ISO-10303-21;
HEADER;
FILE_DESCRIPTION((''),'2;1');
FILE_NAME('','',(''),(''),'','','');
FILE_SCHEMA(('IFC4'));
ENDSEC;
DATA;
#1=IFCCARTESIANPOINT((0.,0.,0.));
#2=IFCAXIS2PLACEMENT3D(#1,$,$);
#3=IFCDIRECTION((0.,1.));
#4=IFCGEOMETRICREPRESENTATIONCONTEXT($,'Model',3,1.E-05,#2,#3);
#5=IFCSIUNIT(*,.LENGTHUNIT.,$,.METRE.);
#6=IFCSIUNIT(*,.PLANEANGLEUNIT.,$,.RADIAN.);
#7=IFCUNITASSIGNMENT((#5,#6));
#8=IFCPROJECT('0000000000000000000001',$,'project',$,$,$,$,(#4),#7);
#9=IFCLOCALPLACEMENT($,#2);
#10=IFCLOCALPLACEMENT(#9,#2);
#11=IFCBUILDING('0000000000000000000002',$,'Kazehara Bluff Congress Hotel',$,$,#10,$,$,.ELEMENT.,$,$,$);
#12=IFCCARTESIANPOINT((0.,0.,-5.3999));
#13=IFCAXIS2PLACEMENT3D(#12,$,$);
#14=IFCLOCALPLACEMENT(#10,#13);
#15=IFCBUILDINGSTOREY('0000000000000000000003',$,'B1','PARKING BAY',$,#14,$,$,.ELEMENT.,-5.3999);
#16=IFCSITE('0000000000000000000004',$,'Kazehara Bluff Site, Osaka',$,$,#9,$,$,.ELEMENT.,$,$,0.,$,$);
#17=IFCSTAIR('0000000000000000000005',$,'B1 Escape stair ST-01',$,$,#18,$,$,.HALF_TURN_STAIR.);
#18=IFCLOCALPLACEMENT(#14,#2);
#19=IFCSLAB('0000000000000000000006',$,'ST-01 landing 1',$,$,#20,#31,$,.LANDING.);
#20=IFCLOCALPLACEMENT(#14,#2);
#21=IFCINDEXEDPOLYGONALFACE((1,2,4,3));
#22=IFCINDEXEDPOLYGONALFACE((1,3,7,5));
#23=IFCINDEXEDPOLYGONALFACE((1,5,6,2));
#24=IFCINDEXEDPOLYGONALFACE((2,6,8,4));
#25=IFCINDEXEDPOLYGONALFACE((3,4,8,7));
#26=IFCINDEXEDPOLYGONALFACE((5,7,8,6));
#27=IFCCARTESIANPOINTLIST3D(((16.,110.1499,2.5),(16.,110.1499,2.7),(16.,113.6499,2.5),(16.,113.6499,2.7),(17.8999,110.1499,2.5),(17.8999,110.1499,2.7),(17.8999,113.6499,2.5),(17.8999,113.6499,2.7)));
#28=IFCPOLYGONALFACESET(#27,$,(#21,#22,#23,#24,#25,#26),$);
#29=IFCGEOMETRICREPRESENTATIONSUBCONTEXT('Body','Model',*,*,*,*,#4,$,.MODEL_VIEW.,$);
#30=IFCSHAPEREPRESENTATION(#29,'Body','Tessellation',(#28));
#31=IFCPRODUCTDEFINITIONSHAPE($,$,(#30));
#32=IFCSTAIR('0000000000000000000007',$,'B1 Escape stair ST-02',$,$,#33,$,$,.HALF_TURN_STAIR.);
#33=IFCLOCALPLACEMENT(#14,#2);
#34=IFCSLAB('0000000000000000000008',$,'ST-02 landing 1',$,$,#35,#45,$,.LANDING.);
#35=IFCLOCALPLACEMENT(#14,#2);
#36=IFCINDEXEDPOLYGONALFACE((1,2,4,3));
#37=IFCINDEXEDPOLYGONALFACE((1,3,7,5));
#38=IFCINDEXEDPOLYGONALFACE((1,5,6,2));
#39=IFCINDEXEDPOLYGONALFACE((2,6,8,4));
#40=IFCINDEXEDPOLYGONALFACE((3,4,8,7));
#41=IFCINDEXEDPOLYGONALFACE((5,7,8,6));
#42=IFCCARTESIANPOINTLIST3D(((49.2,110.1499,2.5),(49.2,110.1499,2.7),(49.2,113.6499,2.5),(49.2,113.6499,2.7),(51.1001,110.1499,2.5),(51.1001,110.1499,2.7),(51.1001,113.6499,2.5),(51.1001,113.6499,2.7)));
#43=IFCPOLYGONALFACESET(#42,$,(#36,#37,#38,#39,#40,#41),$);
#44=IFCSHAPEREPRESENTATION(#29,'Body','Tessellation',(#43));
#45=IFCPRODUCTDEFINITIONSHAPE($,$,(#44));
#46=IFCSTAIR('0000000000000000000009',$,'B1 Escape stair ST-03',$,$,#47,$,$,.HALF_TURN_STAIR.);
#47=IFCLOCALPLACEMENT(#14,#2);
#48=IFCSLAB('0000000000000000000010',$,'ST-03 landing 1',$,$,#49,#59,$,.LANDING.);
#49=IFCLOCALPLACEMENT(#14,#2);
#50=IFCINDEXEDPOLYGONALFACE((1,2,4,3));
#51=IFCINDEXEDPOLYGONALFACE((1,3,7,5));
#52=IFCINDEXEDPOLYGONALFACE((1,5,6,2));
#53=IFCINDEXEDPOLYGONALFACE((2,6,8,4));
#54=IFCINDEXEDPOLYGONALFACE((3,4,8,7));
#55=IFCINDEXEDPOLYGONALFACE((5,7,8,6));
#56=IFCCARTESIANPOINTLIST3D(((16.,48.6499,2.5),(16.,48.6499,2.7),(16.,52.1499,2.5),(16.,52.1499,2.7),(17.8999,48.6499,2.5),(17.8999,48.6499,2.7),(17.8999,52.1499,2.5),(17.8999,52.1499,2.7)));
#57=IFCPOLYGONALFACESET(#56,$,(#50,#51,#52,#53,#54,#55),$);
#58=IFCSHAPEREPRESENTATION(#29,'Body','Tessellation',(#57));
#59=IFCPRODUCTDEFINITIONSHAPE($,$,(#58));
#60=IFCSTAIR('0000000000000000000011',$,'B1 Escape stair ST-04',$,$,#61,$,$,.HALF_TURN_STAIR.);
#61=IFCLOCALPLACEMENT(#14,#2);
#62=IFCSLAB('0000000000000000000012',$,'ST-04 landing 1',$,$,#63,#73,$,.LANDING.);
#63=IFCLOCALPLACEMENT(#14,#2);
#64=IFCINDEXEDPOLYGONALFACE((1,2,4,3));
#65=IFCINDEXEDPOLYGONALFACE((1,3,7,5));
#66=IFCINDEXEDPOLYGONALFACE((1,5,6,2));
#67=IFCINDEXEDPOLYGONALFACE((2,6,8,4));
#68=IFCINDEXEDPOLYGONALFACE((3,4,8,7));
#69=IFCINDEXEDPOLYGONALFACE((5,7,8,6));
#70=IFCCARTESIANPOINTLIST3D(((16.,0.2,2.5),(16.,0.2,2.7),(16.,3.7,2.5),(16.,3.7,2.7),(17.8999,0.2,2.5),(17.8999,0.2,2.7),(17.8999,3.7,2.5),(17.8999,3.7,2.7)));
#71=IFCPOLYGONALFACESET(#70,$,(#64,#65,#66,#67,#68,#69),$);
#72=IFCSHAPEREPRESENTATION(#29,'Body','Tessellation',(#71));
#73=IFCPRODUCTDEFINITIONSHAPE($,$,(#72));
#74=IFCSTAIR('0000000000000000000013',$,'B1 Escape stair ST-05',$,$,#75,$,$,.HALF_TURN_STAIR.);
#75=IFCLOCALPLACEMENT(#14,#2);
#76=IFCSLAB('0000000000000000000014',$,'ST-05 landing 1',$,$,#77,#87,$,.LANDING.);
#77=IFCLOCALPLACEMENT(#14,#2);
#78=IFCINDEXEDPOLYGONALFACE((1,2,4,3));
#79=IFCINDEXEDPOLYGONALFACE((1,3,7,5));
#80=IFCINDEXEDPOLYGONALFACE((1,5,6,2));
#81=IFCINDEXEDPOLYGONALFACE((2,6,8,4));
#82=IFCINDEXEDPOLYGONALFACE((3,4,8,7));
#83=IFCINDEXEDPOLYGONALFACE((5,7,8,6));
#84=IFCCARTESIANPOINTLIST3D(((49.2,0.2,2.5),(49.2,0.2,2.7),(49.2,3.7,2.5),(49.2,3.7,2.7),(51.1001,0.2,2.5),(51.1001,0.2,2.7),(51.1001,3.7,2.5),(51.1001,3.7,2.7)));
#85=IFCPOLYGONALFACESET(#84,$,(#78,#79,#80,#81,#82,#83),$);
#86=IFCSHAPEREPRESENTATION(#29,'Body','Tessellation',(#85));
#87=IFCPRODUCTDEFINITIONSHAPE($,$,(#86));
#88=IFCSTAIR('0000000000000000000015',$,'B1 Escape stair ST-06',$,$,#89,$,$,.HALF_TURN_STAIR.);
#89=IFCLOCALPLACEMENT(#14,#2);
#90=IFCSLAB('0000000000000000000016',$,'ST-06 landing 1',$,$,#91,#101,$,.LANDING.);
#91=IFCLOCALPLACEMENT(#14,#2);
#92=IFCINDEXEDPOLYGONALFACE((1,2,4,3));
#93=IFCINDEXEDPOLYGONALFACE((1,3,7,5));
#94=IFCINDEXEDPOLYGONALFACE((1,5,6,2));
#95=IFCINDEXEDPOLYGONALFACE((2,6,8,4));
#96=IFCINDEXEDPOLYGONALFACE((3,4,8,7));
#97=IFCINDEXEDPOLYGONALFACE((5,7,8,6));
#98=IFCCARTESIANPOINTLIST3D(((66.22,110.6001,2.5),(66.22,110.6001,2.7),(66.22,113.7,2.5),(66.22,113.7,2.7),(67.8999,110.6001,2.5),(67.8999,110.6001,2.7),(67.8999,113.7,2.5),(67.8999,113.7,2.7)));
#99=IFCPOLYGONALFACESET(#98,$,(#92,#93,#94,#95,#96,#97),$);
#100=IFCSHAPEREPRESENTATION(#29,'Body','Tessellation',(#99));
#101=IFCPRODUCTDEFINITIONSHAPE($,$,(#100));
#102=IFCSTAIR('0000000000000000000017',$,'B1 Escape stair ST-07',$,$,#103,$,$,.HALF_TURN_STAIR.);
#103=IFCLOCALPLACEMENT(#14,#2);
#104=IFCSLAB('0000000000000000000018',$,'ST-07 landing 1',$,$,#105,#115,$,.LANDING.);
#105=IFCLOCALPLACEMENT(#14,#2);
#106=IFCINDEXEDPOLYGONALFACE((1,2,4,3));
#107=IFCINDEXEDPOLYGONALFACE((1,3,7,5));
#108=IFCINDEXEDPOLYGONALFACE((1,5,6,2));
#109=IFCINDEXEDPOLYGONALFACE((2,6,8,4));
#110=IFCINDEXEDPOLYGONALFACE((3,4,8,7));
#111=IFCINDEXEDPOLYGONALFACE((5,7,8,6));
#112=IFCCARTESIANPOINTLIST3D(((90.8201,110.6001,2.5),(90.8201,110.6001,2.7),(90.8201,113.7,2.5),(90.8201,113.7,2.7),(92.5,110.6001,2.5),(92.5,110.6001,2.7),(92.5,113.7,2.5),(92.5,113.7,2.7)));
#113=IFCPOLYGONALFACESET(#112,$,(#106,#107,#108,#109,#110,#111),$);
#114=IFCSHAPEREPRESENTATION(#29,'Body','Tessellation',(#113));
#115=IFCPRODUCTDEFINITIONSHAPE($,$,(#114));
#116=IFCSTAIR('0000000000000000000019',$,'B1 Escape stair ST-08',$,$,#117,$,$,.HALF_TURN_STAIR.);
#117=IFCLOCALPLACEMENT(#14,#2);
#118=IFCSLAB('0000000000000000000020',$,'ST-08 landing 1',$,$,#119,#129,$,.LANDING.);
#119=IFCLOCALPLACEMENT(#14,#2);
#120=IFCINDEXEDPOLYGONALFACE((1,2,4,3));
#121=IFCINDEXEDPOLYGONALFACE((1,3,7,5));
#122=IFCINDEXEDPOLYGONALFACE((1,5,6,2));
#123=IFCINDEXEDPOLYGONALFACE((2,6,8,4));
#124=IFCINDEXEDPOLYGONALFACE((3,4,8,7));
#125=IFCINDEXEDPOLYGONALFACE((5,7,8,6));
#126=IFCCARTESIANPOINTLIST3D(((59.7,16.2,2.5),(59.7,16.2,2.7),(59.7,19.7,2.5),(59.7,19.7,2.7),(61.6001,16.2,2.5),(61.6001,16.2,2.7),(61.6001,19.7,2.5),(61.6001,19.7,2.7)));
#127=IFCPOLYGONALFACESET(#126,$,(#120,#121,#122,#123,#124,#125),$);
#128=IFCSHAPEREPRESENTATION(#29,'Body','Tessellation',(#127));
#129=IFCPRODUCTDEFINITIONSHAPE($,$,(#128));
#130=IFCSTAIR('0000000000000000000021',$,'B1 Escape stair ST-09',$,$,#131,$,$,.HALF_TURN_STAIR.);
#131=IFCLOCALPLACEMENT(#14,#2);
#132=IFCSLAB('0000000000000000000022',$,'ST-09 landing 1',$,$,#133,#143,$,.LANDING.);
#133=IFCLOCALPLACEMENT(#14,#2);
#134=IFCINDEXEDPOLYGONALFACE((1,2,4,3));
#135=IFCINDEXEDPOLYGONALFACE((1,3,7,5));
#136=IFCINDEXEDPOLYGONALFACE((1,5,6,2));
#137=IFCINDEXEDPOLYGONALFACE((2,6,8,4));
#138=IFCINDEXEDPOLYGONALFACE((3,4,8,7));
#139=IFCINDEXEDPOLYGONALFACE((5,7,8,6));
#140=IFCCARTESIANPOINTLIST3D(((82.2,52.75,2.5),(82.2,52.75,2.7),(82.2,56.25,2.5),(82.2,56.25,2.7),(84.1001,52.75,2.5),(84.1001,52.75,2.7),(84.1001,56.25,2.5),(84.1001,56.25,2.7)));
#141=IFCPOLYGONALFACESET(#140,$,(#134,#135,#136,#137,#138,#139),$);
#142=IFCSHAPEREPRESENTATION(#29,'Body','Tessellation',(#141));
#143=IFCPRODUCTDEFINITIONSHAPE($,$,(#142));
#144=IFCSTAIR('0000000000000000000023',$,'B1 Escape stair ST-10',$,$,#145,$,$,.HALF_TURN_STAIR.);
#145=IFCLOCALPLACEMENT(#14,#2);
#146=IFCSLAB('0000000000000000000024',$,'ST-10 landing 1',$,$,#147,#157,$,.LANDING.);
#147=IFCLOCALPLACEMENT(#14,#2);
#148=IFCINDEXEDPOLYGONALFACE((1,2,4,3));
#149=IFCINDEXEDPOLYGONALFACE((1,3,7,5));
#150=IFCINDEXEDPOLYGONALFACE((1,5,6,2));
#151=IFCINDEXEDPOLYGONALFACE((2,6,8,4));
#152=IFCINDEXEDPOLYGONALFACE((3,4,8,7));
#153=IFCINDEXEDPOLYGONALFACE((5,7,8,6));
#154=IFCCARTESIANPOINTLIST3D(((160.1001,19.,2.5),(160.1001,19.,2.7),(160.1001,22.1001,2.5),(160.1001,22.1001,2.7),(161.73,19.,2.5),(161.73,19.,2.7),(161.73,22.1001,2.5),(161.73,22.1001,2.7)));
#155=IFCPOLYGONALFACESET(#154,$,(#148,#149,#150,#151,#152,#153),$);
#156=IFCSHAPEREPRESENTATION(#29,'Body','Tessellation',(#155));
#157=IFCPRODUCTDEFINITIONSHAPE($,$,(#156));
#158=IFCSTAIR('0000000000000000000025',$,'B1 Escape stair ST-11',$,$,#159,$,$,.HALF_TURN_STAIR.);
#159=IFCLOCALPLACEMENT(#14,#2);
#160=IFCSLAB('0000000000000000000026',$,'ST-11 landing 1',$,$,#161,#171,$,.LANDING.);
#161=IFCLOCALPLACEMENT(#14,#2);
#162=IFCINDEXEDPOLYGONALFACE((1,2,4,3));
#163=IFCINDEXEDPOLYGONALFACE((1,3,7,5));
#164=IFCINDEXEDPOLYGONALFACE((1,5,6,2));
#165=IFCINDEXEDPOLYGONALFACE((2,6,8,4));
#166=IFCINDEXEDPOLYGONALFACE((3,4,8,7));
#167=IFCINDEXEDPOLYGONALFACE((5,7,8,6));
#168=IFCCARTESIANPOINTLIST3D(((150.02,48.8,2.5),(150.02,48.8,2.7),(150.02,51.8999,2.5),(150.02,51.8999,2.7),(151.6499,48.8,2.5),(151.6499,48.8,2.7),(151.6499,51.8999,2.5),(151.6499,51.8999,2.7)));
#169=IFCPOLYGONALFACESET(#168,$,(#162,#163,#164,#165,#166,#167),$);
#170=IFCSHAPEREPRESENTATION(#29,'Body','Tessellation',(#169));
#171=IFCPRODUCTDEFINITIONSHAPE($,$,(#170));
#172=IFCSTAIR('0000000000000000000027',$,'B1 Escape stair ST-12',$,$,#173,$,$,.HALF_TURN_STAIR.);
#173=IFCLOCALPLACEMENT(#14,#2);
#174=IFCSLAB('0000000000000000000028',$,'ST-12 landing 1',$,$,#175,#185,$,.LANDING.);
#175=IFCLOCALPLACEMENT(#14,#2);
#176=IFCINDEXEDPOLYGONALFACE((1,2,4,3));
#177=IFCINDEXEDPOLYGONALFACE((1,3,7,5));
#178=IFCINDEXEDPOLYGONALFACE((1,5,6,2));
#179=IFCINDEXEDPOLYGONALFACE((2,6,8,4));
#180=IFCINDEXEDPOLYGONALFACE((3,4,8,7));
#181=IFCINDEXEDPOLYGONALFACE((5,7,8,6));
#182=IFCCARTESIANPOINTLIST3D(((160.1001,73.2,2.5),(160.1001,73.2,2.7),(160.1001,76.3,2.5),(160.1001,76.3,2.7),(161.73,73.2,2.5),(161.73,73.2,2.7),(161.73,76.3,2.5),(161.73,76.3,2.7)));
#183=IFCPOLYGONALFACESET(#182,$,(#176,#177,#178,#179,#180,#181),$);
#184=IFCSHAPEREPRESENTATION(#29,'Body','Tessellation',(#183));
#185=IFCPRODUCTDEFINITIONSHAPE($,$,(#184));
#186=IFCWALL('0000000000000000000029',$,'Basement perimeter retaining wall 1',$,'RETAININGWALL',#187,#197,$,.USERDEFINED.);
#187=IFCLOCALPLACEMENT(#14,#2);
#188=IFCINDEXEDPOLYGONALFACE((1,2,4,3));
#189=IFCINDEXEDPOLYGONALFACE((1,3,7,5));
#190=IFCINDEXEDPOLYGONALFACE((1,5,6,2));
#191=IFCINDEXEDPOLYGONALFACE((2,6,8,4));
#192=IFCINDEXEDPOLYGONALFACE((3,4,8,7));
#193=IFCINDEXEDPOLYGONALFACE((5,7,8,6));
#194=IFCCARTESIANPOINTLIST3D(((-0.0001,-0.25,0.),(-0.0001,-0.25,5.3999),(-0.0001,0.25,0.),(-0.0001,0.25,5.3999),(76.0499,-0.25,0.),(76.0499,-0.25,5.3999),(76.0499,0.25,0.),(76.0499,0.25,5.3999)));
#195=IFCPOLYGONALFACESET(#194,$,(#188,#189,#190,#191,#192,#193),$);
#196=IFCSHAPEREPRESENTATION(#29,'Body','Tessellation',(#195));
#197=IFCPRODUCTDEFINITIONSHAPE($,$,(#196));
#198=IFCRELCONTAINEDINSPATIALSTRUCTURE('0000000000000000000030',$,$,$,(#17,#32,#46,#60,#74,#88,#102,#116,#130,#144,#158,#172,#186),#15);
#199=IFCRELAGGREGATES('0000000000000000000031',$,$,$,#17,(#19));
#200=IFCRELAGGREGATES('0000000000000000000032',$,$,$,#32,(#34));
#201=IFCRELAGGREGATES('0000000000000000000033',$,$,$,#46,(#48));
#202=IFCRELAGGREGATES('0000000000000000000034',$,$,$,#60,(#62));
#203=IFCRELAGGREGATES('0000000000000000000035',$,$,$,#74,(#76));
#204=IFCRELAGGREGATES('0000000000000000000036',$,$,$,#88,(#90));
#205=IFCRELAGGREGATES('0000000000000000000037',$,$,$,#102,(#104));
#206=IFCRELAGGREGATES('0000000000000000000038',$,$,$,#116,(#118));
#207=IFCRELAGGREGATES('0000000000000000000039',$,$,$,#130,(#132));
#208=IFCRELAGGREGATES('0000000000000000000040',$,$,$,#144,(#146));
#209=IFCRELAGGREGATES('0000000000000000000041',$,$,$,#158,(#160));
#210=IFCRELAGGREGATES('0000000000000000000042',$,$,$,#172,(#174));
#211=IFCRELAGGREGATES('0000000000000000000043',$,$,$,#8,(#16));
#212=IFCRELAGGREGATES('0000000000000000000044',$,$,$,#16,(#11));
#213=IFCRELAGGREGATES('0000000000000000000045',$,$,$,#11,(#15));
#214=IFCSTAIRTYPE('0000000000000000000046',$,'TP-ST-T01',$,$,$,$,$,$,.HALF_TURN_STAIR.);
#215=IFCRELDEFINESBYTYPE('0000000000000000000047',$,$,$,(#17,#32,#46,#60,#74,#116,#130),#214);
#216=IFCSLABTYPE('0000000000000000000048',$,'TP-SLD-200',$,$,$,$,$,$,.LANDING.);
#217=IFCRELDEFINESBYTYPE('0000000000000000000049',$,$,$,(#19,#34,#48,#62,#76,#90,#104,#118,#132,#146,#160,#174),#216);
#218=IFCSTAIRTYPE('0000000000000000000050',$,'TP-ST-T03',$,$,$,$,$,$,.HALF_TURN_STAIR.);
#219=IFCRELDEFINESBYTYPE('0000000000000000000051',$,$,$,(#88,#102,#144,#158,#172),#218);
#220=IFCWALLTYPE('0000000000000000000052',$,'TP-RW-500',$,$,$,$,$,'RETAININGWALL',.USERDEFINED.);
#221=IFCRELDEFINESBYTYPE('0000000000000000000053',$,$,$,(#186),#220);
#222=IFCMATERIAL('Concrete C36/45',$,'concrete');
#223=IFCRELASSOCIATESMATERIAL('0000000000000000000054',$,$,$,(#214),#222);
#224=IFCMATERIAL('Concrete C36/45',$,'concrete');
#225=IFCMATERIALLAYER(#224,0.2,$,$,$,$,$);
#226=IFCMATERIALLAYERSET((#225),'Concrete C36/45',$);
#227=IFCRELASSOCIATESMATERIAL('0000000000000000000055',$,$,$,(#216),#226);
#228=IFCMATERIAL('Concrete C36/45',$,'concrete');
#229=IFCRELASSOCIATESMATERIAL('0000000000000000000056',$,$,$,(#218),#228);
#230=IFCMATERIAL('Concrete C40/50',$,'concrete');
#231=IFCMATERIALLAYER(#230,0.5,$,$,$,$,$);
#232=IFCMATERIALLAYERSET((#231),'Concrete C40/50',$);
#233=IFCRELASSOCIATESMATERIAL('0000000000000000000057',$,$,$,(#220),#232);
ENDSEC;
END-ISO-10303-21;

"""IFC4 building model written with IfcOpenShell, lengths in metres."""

from ifc_helpers import new_model, si_unit, direction, frame, frame_2d, origin, origin_with_axes, place, context, subcontext, project, spatial, polyline, rectangle, outline, extrude, material, layer, layer_set, type_object, element, aggregate, save


model = new_model("IFC4")

# Units and contexts
model_context = context("Model", 3, precision=1e-05, world=origin(), true_north=direction((0.0, 1.0)))
body_context = subcontext(model_context, "Body", "Model", "MODEL_VIEW")
ifc_project = project(units=[si_unit("LENGTHUNIT", "METRE"), si_unit("PLANEANGLEUNIT", "RADIAN")], contexts=[model_context])

# Site, building, storey
site_placement = place(None, origin())
site = spatial("IfcSite", under=ifc_project, at=site_placement, Name="Kazehara Bluff Site, Osaka", CompositionType="ELEMENT", RefElevation=0.0)
building_placement = place(site_placement, origin())
building = spatial("IfcBuilding", under=site, at=building_placement, Name="Kazehara Bluff Congress Hotel", CompositionType="ELEMENT")
storey_placement = place(building_placement, frame((0.0, 0.0, -5.3999)))
storey = spatial("IfcBuildingStorey", under=building, at=storey_placement, Name="B1", Description="PARKING BAY", CompositionType="ELEMENT", Elevation=-5.3999)

# Stairs, slabs
ifc_material_1 = material(Name="Concrete C36/45", Category="concrete")
stair_type_1 = type_object("IfcStairType", Name="TP-ST-T01", PredefinedType="HALF_TURN_STAIR", material=ifc_material_1)
stair_1_placement = place(storey_placement, origin())
stair_1 = element("IfcStair", 1, at=stair_1_placement, inside=storey, type_object=stair_type_1, Name="B1 Escape stair ST-01", PredefinedType="HALF_TURN_STAIR")
ifc_material_2 = material(Name="Concrete C36/45", Category="concrete")
ifc_layer_1 = layer(ifc_material_2, 0.2)
ifc_layer_set_1 = layer_set([ifc_layer_1], Name="Concrete C36/45")
slab_type_1 = type_object("IfcSlabType", Name="TP-SLD-200", PredefinedType="LANDING", material=ifc_layer_set_1)
slab_1_placement = place(storey_placement, frame((0.0, 0.0, 2.5)))
slab_1 = element("IfcSlab", 2, at=slab_1_placement, type_object=slab_type_1, Name="ST-01 landing 1", PredefinedType="LANDING", context=body_context, shape_type="SweptSolid", body=[
    extrude(outline(polyline([(16.0, 110.1499), (17.8999, 110.1499), (17.8999, 113.6499), (16.0, 113.6499), (16.0, 110.1499)])), origin(), (0.0, 0.0, 1.0), 0.2),
])
aggregate(stair_1, [slab_1])
stair_2_placement = place(storey_placement, origin())
stair_2 = element("IfcStair", 3, at=stair_2_placement, inside=storey, type_object=stair_type_1, Name="B1 Escape stair ST-02", PredefinedType="HALF_TURN_STAIR")
slab_2_placement = place(storey_placement, frame((0.0, 0.0, 2.5)))
slab_2 = element("IfcSlab", 4, at=slab_2_placement, type_object=slab_type_1, Name="ST-02 landing 1", PredefinedType="LANDING", context=body_context, shape_type="SweptSolid", body=[
    extrude(outline(polyline([(49.2, 110.1499), (51.1001, 110.1499), (51.1001, 113.6499), (49.2, 113.6499), (49.2, 110.1499)])), origin(), (0.0, 0.0, 1.0), 0.2),
])
aggregate(stair_2, [slab_2])
stair_3_placement = place(storey_placement, origin())
stair_3 = element("IfcStair", 5, at=stair_3_placement, inside=storey, type_object=stair_type_1, Name="B1 Escape stair ST-03", PredefinedType="HALF_TURN_STAIR")
slab_3_placement = place(storey_placement, frame((0.0, 0.0, 2.5)))
slab_3 = element("IfcSlab", 6, at=slab_3_placement, type_object=slab_type_1, Name="ST-03 landing 1", PredefinedType="LANDING", context=body_context, shape_type="SweptSolid", body=[
    extrude(outline(polyline([(16.0, 48.6499), (17.8999, 48.6499), (17.8999, 52.1499), (16.0, 52.1499), (16.0, 48.6499)])), origin(), (0.0, 0.0, 1.0), 0.2),
])
aggregate(stair_3, [slab_3])
stair_4_placement = place(storey_placement, origin())
stair_4 = element("IfcStair", 7, at=stair_4_placement, inside=storey, type_object=stair_type_1, Name="B1 Escape stair ST-04", PredefinedType="HALF_TURN_STAIR")
slab_4_placement = place(storey_placement, frame((0.0, 0.0, 2.5)))
slab_4 = element("IfcSlab", 8, at=slab_4_placement, type_object=slab_type_1, Name="ST-04 landing 1", PredefinedType="LANDING", context=body_context, shape_type="SweptSolid", body=[
    extrude(outline(polyline([(16.0, 0.2), (17.8999, 0.2), (17.8999, 3.7), (16.0, 3.7), (16.0, 0.2)])), origin(), (0.0, 0.0, 1.0), 0.2),
])
aggregate(stair_4, [slab_4])
stair_5_placement = place(storey_placement, origin())
stair_5 = element("IfcStair", 9, at=stair_5_placement, inside=storey, type_object=stair_type_1, Name="B1 Escape stair ST-05", PredefinedType="HALF_TURN_STAIR")
slab_5_placement = place(storey_placement, frame((0.0, 0.0, 2.5)))
slab_5 = element("IfcSlab", 10, at=slab_5_placement, type_object=slab_type_1, Name="ST-05 landing 1", PredefinedType="LANDING", context=body_context, shape_type="SweptSolid", body=[
    extrude(outline(polyline([(49.2, 0.2), (51.1001, 0.2), (51.1001, 3.7), (49.2, 3.7), (49.2, 0.2)])), origin(), (0.0, 0.0, 1.0), 0.2),
])
aggregate(stair_5, [slab_5])
ifc_material_3 = material(Name="Concrete C36/45", Category="concrete")
stair_type_2 = type_object("IfcStairType", Name="TP-ST-T03", PredefinedType="HALF_TURN_STAIR", material=ifc_material_3)
stair_6_placement = place(storey_placement, origin())
stair_6 = element("IfcStair", 11, at=stair_6_placement, inside=storey, type_object=stair_type_2, Name="B1 Escape stair ST-06", PredefinedType="HALF_TURN_STAIR")
slab_6_placement = place(storey_placement, frame((0.0, 0.0, 2.5)))
slab_6 = element("IfcSlab", 12, at=slab_6_placement, type_object=slab_type_1, Name="ST-06 landing 1", PredefinedType="LANDING", context=body_context, shape_type="SweptSolid", body=[
    extrude(outline(polyline([(66.22, 110.6001), (67.8999, 110.6001), (67.8999, 113.7), (66.22, 113.7), (66.22, 110.6001)])), origin(), (0.0, 0.0, 1.0), 0.2),
])
aggregate(stair_6, [slab_6])
stair_7_placement = place(storey_placement, origin())
stair_7 = element("IfcStair", 13, at=stair_7_placement, inside=storey, type_object=stair_type_2, Name="B1 Escape stair ST-07", PredefinedType="HALF_TURN_STAIR")
slab_7_placement = place(storey_placement, frame((0.0, 0.0, 2.5)))
slab_7 = element("IfcSlab", 14, at=slab_7_placement, type_object=slab_type_1, Name="ST-07 landing 1", PredefinedType="LANDING", context=body_context, shape_type="SweptSolid", body=[
    extrude(outline(polyline([(90.8201, 110.6001), (92.5, 110.6001), (92.5, 113.7), (90.8201, 113.7), (90.8201, 110.6001)])), origin(), (0.0, 0.0, 1.0), 0.2),
])
aggregate(stair_7, [slab_7])
stair_8_placement = place(storey_placement, origin())
stair_8 = element("IfcStair", 15, at=stair_8_placement, inside=storey, type_object=stair_type_1, Name="B1 Escape stair ST-08", PredefinedType="HALF_TURN_STAIR")
slab_8_placement = place(storey_placement, frame((0.0, 0.0, 2.5)))
slab_8 = element("IfcSlab", 16, at=slab_8_placement, type_object=slab_type_1, Name="ST-08 landing 1", PredefinedType="LANDING", context=body_context, shape_type="SweptSolid", body=[
    extrude(outline(polyline([(61.6001, 19.7), (59.7, 19.7), (59.7, 16.2), (61.6001, 16.2), (61.6001, 19.7)])), origin(), (0.0, 0.0, 1.0), 0.2),
])
aggregate(stair_8, [slab_8])
stair_9_placement = place(storey_placement, origin())
stair_9 = element("IfcStair", 17, at=stair_9_placement, inside=storey, type_object=stair_type_1, Name="B1 Escape stair ST-09", PredefinedType="HALF_TURN_STAIR")
slab_9_placement = place(storey_placement, frame((0.0, 0.0, 2.5)))
slab_9 = element("IfcSlab", 18, at=slab_9_placement, type_object=slab_type_1, Name="ST-09 landing 1", PredefinedType="LANDING", context=body_context, shape_type="SweptSolid", body=[
    extrude(outline(polyline([(82.2, 52.75), (84.1001, 52.75), (84.1001, 56.25), (82.2, 56.25), (82.2, 52.75)])), origin(), (0.0, 0.0, 1.0), 0.2),
])
aggregate(stair_9, [slab_9])
stair_10_placement = place(storey_placement, origin())
stair_10 = element("IfcStair", 19, at=stair_10_placement, inside=storey, type_object=stair_type_2, Name="B1 Escape stair ST-10", PredefinedType="HALF_TURN_STAIR")
slab_10_placement = place(storey_placement, frame((0.0, 0.0, 2.5)))
slab_10 = element("IfcSlab", 20, at=slab_10_placement, type_object=slab_type_1, Name="ST-10 landing 1", PredefinedType="LANDING", context=body_context, shape_type="SweptSolid", body=[
    extrude(outline(polyline([(161.73, 22.1001), (160.1001, 22.1001), (160.1001, 19.0), (161.73, 19.0), (161.73, 22.1001)])), origin(), (0.0, 0.0, 1.0), 0.2),
])
aggregate(stair_10, [slab_10])
stair_11_placement = place(storey_placement, origin())
stair_11 = element("IfcStair", 21, at=stair_11_placement, inside=storey, type_object=stair_type_2, Name="B1 Escape stair ST-11", PredefinedType="HALF_TURN_STAIR")
slab_11_placement = place(storey_placement, frame((0.0, 0.0, 2.5)))
slab_11 = element("IfcSlab", 22, at=slab_11_placement, type_object=slab_type_1, Name="ST-11 landing 1", PredefinedType="LANDING", context=body_context, shape_type="SweptSolid", body=[
    extrude(outline(polyline([(150.02, 48.8), (151.6499, 48.8), (151.6499, 51.8999), (150.02, 51.8999), (150.02, 48.8)])), origin(), (0.0, 0.0, 1.0), 0.2),
])
aggregate(stair_11, [slab_11])
stair_12_placement = place(storey_placement, origin())
stair_12 = element("IfcStair", 23, at=stair_12_placement, inside=storey, type_object=stair_type_2, Name="B1 Escape stair ST-12", PredefinedType="HALF_TURN_STAIR")
slab_12_placement = place(storey_placement, frame((0.0, 0.0, 2.5)))
slab_12 = element("IfcSlab", 24, at=slab_12_placement, type_object=slab_type_1, Name="ST-12 landing 1", PredefinedType="LANDING", context=body_context, shape_type="SweptSolid", body=[
    extrude(outline(polyline([(161.73, 76.3), (160.1001, 76.3), (160.1001, 73.2), (161.73, 73.2), (161.73, 76.3)])), origin(), (0.0, 0.0, 1.0), 0.2),
])
aggregate(stair_12, [slab_12])

# Wall
ifc_material_4 = material(Name="Concrete C40/50", Category="concrete")
ifc_layer_2 = layer(ifc_material_4, 0.5)
ifc_layer_set_2 = layer_set([ifc_layer_2], Name="Concrete C40/50")
wall_type = type_object("IfcWallType", Name="TP-RW-500", ElementType="RETAININGWALL", PredefinedType="USERDEFINED", material=ifc_layer_set_2)
wall_placement = place(storey_placement, origin_with_axes())
element("IfcWall", 25, at=wall_placement, inside=storey, type_object=wall_type, Name="Basement perimeter retaining wall 1", ObjectType="RETAININGWALL", PredefinedType="USERDEFINED", context=body_context, shape_type="SweptSolid", body=[
    extrude(rectangle(XDim=76.05, YDim=0.5, at=frame_2d((38.0249, 0.0))), origin(), (0.0, 0.0, 1.0), 5.3999),
])

save(model, "model.ifc")
